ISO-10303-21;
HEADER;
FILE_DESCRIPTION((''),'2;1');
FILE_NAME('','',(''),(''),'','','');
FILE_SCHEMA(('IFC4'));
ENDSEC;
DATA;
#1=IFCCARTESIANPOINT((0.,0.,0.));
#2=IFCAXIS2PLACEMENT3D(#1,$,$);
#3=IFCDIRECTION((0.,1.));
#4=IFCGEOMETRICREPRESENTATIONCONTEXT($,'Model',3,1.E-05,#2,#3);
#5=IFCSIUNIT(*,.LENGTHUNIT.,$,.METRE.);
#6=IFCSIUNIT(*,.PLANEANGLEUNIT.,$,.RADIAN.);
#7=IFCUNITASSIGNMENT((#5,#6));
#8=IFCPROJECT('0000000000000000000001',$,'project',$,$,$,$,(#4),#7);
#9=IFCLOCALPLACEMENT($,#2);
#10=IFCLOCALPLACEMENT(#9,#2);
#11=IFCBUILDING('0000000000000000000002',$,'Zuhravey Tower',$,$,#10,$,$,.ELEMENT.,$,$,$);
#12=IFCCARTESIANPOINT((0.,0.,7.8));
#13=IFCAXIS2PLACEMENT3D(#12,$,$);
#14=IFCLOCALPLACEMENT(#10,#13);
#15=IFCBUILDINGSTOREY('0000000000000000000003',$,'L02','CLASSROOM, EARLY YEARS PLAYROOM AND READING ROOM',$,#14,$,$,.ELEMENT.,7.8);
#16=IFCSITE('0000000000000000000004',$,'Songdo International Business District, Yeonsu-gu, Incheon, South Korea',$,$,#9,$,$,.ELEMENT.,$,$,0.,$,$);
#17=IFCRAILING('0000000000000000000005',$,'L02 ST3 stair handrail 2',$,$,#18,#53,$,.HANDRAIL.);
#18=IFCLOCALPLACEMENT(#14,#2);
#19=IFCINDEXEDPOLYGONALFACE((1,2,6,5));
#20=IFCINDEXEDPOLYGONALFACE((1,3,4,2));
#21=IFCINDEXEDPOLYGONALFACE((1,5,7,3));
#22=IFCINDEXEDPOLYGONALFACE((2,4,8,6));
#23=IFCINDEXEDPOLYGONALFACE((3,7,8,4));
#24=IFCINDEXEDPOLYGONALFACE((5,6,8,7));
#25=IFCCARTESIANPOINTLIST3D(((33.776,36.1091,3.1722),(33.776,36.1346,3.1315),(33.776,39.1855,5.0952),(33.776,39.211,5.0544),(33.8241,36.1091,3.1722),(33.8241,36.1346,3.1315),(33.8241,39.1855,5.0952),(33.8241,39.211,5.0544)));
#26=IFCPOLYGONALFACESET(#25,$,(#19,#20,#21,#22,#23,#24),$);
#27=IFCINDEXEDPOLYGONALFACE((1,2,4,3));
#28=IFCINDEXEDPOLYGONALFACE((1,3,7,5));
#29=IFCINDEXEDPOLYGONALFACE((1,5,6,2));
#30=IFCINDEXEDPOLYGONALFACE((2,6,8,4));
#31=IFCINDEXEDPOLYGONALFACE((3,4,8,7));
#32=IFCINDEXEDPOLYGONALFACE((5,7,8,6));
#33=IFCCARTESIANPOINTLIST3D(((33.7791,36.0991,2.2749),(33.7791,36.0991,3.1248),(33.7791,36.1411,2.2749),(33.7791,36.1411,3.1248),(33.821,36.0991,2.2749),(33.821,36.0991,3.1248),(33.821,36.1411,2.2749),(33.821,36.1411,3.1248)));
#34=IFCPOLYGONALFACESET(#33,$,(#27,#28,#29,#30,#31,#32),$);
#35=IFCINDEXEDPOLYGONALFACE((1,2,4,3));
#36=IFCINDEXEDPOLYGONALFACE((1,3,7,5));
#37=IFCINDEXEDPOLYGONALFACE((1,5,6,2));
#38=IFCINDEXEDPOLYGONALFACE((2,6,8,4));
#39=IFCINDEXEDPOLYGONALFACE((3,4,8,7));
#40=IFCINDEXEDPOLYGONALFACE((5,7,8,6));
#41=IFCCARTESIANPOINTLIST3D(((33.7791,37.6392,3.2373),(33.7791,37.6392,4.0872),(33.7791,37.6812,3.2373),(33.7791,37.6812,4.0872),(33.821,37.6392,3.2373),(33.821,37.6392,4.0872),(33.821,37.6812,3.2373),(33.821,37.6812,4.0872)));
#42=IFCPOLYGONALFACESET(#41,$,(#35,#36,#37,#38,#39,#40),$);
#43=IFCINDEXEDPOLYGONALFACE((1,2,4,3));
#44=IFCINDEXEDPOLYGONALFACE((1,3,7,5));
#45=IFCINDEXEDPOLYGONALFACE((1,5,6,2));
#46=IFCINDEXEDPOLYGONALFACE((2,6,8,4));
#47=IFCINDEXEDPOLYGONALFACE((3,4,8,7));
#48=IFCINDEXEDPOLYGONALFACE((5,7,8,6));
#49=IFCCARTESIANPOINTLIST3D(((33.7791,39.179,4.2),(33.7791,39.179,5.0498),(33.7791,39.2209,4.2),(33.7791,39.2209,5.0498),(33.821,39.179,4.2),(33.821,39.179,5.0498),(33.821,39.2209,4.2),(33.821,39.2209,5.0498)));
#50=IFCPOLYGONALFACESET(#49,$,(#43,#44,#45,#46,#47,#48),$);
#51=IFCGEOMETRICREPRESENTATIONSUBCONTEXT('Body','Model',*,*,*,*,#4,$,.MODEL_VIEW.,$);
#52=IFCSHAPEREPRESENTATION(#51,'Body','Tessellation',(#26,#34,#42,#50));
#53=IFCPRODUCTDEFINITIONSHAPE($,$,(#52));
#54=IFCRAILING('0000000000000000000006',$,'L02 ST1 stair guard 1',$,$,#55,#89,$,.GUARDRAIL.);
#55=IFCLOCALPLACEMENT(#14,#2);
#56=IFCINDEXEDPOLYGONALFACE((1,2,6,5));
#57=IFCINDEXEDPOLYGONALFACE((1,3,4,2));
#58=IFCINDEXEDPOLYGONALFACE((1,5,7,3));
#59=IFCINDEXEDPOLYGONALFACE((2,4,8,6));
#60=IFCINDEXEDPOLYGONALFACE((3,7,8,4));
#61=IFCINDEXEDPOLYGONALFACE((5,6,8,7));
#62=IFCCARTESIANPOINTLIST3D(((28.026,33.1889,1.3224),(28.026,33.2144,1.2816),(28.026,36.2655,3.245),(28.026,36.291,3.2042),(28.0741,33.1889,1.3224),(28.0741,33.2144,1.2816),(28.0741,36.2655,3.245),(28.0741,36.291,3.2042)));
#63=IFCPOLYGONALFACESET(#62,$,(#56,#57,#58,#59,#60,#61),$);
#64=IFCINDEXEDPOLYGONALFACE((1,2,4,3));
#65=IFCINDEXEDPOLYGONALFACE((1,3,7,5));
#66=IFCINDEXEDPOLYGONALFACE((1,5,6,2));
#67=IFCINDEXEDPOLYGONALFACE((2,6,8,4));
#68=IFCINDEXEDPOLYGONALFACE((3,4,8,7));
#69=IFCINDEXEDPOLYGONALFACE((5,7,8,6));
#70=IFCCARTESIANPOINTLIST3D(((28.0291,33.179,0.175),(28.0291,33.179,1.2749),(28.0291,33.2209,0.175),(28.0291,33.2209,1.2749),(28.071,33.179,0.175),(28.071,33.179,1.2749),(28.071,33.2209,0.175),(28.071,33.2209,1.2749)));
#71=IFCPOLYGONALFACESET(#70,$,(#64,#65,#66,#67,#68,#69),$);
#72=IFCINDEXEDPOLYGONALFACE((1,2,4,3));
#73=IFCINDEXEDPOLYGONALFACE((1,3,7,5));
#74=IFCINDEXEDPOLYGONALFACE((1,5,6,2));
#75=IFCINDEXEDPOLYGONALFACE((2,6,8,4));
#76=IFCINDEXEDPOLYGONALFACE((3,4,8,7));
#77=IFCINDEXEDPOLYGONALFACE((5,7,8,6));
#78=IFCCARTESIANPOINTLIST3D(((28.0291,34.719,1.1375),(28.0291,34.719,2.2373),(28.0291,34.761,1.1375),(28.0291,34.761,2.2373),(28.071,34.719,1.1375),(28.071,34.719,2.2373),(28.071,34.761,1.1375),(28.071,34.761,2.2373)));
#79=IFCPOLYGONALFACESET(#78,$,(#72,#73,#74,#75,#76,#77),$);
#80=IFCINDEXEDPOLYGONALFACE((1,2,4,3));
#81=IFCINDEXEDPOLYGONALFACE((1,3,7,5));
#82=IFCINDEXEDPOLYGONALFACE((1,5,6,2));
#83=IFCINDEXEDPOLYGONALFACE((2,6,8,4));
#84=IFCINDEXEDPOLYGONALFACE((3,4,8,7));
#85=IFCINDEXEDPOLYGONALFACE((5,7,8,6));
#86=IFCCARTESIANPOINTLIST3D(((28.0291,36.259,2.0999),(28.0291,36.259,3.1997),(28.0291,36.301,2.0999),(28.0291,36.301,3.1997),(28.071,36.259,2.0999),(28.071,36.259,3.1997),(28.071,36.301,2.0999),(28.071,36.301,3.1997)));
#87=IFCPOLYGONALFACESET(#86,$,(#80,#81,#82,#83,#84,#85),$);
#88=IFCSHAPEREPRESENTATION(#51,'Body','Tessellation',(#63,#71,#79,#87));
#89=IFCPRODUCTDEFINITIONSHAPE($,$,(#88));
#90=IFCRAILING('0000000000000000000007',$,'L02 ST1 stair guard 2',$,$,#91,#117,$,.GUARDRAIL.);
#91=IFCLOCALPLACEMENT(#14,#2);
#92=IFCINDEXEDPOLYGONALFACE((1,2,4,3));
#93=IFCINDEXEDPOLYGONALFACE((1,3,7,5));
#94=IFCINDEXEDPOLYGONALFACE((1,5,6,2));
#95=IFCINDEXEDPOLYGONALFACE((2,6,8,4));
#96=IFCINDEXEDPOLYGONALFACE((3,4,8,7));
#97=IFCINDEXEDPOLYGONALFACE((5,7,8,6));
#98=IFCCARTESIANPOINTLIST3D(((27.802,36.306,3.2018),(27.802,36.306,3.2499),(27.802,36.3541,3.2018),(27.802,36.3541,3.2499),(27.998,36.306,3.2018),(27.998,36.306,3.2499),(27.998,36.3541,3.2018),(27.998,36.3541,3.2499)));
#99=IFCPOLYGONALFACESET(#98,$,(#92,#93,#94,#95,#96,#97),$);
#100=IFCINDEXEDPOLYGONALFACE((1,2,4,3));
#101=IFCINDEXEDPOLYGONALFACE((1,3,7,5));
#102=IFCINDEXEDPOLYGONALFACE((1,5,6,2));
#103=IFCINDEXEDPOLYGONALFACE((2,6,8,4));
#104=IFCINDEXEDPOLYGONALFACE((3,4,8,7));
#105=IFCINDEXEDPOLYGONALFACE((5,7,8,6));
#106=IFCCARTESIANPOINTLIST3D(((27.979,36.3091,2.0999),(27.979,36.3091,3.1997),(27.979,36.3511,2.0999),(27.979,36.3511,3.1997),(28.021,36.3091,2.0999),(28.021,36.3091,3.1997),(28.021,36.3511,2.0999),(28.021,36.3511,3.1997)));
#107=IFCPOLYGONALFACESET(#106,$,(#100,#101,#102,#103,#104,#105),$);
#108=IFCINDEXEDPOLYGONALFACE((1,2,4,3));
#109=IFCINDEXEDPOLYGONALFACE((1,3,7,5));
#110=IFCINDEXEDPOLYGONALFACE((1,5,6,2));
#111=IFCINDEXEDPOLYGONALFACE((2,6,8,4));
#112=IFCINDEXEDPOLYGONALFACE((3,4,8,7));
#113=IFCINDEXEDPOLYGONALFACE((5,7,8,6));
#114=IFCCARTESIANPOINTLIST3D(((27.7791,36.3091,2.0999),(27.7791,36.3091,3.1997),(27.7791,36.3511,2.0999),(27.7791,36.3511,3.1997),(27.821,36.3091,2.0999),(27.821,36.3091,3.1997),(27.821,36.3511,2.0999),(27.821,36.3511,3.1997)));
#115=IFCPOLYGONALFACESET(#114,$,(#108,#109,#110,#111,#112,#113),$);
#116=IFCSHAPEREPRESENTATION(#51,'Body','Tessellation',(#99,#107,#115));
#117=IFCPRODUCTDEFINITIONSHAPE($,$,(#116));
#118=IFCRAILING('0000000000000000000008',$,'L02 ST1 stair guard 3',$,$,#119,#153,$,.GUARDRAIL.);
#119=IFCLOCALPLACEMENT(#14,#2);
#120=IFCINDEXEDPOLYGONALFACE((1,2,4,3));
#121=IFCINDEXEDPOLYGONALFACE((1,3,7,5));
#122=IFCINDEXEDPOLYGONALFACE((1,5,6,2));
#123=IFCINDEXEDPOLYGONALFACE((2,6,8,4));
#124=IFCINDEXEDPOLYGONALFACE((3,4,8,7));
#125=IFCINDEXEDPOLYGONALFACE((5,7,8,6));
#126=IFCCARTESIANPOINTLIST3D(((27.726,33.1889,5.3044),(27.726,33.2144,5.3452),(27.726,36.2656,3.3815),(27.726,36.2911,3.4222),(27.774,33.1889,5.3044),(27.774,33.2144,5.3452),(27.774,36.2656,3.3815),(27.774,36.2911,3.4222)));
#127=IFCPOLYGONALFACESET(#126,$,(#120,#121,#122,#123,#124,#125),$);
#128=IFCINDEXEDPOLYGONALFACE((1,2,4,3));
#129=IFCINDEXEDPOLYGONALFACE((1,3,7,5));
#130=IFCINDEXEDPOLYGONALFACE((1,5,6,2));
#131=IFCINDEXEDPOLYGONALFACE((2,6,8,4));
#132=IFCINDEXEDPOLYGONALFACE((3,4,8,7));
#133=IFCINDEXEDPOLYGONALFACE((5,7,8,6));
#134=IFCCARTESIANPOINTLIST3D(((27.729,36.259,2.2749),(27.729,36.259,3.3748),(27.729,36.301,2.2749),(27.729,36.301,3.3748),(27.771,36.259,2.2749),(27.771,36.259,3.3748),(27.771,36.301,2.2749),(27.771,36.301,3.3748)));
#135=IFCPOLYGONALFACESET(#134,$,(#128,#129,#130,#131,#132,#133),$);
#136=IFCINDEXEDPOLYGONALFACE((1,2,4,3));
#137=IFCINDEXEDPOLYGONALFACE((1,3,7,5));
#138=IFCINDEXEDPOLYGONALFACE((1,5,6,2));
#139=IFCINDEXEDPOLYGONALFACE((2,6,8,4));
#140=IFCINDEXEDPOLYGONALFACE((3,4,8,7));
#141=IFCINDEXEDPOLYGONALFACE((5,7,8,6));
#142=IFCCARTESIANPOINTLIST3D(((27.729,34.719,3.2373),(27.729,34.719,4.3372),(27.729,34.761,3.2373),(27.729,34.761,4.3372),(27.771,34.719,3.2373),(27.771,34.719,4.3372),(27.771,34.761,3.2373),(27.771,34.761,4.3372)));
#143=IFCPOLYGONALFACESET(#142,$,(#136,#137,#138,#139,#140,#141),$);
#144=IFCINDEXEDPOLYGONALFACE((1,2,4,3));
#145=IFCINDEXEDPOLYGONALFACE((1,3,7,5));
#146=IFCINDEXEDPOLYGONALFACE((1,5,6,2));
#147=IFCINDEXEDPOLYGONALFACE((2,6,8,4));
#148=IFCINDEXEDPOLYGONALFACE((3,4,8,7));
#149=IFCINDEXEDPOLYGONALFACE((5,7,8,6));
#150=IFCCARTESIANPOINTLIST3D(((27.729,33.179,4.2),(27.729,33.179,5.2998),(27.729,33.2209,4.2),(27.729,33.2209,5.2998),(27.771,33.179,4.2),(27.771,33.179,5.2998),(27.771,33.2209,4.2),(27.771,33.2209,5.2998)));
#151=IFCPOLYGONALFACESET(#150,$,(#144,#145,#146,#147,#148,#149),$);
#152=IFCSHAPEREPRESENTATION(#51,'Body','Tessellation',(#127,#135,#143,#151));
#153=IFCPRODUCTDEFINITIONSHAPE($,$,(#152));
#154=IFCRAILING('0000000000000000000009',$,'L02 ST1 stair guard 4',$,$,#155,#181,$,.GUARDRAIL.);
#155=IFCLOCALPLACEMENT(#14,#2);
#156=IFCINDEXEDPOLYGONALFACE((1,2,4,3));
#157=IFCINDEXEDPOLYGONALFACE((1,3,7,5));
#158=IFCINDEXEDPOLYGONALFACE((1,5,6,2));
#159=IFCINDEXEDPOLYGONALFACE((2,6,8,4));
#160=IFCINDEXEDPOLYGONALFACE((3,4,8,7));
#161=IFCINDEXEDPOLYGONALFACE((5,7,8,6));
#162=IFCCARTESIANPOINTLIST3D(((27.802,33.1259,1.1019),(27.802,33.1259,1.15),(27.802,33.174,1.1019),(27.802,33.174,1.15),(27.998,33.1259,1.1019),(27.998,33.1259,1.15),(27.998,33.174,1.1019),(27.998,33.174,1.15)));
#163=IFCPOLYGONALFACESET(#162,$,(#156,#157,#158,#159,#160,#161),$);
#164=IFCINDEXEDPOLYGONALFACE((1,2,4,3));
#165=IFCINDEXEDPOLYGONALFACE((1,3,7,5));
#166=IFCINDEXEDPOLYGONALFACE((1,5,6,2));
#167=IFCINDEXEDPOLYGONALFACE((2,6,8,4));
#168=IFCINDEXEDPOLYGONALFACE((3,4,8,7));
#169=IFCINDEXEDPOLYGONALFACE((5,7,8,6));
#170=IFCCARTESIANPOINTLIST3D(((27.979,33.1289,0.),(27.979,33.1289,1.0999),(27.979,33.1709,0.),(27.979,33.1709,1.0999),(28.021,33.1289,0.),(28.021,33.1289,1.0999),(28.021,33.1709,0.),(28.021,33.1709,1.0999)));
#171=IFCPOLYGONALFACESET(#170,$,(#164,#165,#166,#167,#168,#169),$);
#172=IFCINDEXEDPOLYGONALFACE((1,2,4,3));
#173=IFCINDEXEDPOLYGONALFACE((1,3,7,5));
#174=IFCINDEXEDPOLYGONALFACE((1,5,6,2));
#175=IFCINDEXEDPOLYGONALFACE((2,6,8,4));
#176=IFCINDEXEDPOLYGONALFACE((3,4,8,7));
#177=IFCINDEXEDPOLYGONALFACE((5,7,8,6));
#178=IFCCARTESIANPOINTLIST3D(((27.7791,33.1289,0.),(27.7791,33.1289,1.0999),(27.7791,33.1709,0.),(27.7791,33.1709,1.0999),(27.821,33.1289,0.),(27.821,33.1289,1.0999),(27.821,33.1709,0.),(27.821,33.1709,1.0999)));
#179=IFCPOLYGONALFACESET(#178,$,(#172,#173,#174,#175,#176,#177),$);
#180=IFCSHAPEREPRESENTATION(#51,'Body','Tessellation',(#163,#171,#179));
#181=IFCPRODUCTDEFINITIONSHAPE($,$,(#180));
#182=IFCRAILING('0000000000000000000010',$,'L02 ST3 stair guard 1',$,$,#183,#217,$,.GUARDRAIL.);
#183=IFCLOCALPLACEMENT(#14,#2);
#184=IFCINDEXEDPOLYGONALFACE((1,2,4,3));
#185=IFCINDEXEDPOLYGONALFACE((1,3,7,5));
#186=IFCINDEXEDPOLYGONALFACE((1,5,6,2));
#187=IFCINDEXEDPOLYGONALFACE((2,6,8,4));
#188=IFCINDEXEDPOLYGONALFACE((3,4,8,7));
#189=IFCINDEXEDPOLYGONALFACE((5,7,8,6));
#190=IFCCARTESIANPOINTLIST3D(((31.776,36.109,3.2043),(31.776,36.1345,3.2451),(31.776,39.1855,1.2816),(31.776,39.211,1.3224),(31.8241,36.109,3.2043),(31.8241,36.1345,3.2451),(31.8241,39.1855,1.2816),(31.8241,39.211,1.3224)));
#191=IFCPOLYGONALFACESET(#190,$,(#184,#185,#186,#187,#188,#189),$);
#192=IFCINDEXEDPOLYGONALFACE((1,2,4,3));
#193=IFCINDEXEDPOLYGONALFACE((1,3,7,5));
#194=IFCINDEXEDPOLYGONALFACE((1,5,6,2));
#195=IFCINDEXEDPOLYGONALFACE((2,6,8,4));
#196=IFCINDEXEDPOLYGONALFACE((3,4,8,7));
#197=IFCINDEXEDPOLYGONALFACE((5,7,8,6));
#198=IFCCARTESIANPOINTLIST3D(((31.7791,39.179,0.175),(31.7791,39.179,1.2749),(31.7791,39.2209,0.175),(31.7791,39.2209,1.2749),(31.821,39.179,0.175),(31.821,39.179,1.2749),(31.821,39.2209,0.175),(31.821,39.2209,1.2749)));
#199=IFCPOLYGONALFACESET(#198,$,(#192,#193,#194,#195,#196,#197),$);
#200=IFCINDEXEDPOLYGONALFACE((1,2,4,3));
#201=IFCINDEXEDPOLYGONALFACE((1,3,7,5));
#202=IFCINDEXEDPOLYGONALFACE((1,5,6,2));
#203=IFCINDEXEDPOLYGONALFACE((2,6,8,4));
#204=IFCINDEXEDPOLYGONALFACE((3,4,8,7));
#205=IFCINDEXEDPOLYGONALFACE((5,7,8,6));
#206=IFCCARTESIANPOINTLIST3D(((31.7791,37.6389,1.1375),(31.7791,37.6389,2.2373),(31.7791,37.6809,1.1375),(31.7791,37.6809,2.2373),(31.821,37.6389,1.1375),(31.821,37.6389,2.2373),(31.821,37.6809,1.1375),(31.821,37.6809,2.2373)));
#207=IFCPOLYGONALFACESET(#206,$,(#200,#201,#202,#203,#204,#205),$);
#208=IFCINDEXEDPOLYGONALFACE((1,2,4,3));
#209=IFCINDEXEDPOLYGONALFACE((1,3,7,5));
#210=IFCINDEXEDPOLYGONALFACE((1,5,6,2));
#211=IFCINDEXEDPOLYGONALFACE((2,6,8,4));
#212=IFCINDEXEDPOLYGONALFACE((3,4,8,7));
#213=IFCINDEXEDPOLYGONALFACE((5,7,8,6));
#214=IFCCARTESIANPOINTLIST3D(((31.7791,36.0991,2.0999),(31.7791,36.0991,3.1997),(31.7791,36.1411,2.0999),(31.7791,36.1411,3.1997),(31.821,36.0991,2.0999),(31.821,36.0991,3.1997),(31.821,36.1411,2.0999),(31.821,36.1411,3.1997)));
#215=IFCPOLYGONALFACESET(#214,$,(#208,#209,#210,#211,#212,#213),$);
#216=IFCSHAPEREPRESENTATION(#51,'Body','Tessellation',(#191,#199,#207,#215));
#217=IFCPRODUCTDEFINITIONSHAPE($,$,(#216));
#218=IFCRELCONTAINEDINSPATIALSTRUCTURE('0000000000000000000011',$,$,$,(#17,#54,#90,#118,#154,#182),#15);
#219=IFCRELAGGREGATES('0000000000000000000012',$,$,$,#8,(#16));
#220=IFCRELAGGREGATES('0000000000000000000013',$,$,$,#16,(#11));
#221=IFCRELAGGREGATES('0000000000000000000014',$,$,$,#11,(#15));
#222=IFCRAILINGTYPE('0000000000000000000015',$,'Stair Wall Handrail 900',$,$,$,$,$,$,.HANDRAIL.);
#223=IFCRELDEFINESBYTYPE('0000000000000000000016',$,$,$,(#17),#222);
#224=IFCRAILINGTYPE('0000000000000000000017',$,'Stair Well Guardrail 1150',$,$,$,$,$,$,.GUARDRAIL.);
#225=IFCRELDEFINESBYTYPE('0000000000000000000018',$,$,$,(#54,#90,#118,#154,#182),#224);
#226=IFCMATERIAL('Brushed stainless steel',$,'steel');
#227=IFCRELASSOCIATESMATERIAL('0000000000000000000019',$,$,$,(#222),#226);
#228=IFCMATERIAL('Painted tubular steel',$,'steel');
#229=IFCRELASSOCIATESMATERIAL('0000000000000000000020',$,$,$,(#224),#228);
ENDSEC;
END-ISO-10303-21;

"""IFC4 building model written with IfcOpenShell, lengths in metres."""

from ifc_helpers import new_model, si_unit, direction, frame, origin, origin_2d, place, context, subcontext, project, spatial, rectangle, extrude, material, type_object, element, save


model = new_model("IFC4")

# Units and contexts
model_context = context("Model", 3, precision=1e-05, world=origin(), true_north=direction((0.0, 1.0)))
body_context = subcontext(model_context, "Body", "Model", "MODEL_VIEW")
ifc_project = project(units=[si_unit("LENGTHUNIT", "METRE"), si_unit("PLANEANGLEUNIT", "RADIAN")], contexts=[model_context])

# Site, building, storey
site_placement = place(None, origin())
site = spatial("IfcSite", under=ifc_project, at=site_placement, Name="Songdo International Business District, Yeonsu-gu, Incheon, South Korea", CompositionType="ELEMENT", RefElevation=0.0)
building_placement = place(site_placement, origin())
building = spatial("IfcBuilding", under=site, at=building_placement, Name="Zuhravey Tower", CompositionType="ELEMENT")
storey_placement = place(building_placement, frame((0.0, 0.0, 7.8)))
storey = spatial("IfcBuildingStorey", under=building, at=storey_placement, Name="L02", Description="CLASSROOM, EARLY YEARS PLAYROOM AND READING ROOM", CompositionType="ELEMENT", Elevation=7.8)

# Railings
ifc_material_1 = material(Name="Brushed stainless steel", Category="steel")
railing_type_1 = type_object("IfcRailingType", Name="Stair Wall Handrail 900", PredefinedType="HANDRAIL", material=ifc_material_1)
railing_1_placement = place(storey_placement, frame((33.8, 36.1201, 2.2749)))
element("IfcRailing", 1, at=railing_1_placement, inside=storey, type_object=railing_type_1, Name="L02 ST3 stair handrail 2", PredefinedType="HANDRAIL", context=body_context, shape_type="SweptSolid", body=[
    extrude(rectangle(XDim=0.0481, YDim=0.0481, at=origin_2d()), frame((0.0, 0.0017, 0.877), z_axis=(0.0, 0.847979, 0.530029), x_axis=(-1.0, 0.0, 0.0)), (0.0, 0.0, 1.0), 3.6279),
    extrude(rectangle(XDim=0.042, YDim=0.042, at=origin_2d()), origin(), (0.0, 0.0, 1.0), 0.8499),
    extrude(rectangle(XDim=0.042, YDim=0.042, at=origin_2d()), frame((0.0, 1.54, 0.9624)), (0.0, 0.0, 1.0), 0.8499),
    extrude(rectangle(XDim=0.042, YDim=0.042, at=origin_2d()), frame((0.0, 3.0798, 1.925)), (0.0, 0.0, 1.0), 0.8499),
])
ifc_material_2 = material(Name="Painted tubular steel", Category="steel")
railing_type_2 = type_object("IfcRailingType", Name="Stair Well Guardrail 1150", PredefinedType="GUARDRAIL", material=ifc_material_2)
railing_2_placement = place(storey_placement, frame((28.05, 33.2, 0.175)))
element("IfcRailing", 2, at=railing_2_placement, inside=storey, type_object=railing_type_2, Name="L02 ST1 stair guard 1", PredefinedType="GUARDRAIL", context=body_context, shape_type="SweptSolid", body=[
    extrude(rectangle(XDim=0.0481, YDim=0.0481, at=origin_2d()), frame((0.0, 0.0017, 1.127), z_axis=(0.0, 0.848029, 0.529951), x_axis=(-1.0, 0.0, 0.0)), (0.0, 0.0, 1.0), 3.6279),
    extrude(rectangle(XDim=0.042, YDim=0.042, at=origin_2d()), origin(), (0.0, 0.0, 1.0), 1.0999),
    extrude(rectangle(XDim=0.042, YDim=0.042, at=origin_2d()), frame((0.0, 1.54, 0.9624)), (0.0, 0.0, 1.0), 1.0999),
    extrude(rectangle(XDim=0.042, YDim=0.042, at=origin_2d()), frame((0.0, 3.0801, 1.9248)), (0.0, 0.0, 1.0), 1.0999),
])
railing_3_placement = place(storey_placement, frame((28.0, 36.3301, 2.0999)))
element("IfcRailing", 3, at=railing_3_placement, inside=storey, type_object=railing_type_2, Name="L02 ST1 stair guard 2", PredefinedType="GUARDRAIL", context=body_context, shape_type="SweptSolid", body=[
    extrude(rectangle(XDim=0.0481, YDim=0.0481, at=origin_2d()), frame((-0.002, 0.0, 1.126), z_axis=(-1.0, 0.0, 0.0), x_axis=(0.0, -1.0, 0.0)), (0.0, 0.0, 1.0), 0.196),
    extrude(rectangle(XDim=0.042, YDim=0.042, at=origin_2d()), origin(), (0.0, 0.0, 1.0), 1.0999),
    extrude(rectangle(XDim=0.042, YDim=0.042, at=origin_2d()), frame((-0.2, 0.0, 0.0)), (0.0, 0.0, 1.0), 1.0999),
])
railing_4_placement = place(storey_placement, frame((27.75, 36.28, 2.2749)))
element("IfcRailing", 4, at=railing_4_placement, inside=storey, type_object=railing_type_2, Name="L02 ST1 stair guard 3", PredefinedType="GUARDRAIL", context=body_context, shape_type="SweptSolid", body=[
    extrude(rectangle(XDim=0.0481, YDim=0.0481, at=origin_2d()), frame((0.0, -0.0017, 1.127), z_axis=(0.0, -0.847998, 0.529999), x_axis=(1.0, 0.0, 0.0)), (0.0, 0.0, 1.0), 3.6282),
    extrude(rectangle(XDim=0.042, YDim=0.042, at=origin_2d()), origin(), (0.0, 0.0, 1.0), 1.0999),
    extrude(rectangle(XDim=0.042, YDim=0.042, at=origin_2d()), frame((0.0, -1.54, 0.9624)), (0.0, 0.0, 1.0), 1.0999),
    extrude(rectangle(XDim=0.042, YDim=0.042, at=origin_2d()), frame((0.0, -3.0801, 1.925)), (0.0, 0.0, 1.0), 1.0999),
])
railing_5_placement = place(storey_placement, frame((28.0, 33.1499, 0.0)))
element("IfcRailing", 5, at=railing_5_placement, inside=storey, type_object=railing_type_2, Name="L02 ST1 stair guard 4", PredefinedType="GUARDRAIL", context=body_context, shape_type="SweptSolid", body=[
    extrude(rectangle(XDim=0.0481, YDim=0.0481, at=origin_2d()), frame((-0.002, 0.0, 1.126), z_axis=(-1.0, 0.0, 0.0), x_axis=(0.0, -1.0, 0.0)), (0.0, 0.0, 1.0), 0.196),
    extrude(rectangle(XDim=0.042, YDim=0.042, at=origin_2d()), origin(), (0.0, 0.0, 1.0), 1.0999),
    extrude(rectangle(XDim=0.042, YDim=0.042, at=origin_2d()), frame((-0.2, 0.0, 0.0)), (0.0, 0.0, 1.0), 1.0999),
])
railing_6_placement = place(storey_placement, frame((31.8, 39.2, 0.175)))
element("IfcRailing", 6, at=railing_6_placement, inside=storey, type_object=railing_type_2, Name="L02 ST3 stair guard 1", PredefinedType="GUARDRAIL", context=body_context, shape_type="SweptSolid", body=[
    extrude(rectangle(XDim=0.0481, YDim=0.0481, at=origin_2d()), frame((0.0, -0.0017, 1.127), z_axis=(0.0, -0.84801, 0.529981), x_axis=(1.0, 0.0, 0.0)), (0.0, 0.0, 1.0), 3.6279),
    extrude(rectangle(XDim=0.042, YDim=0.042, at=origin_2d()), origin(), (0.0, 0.0, 1.0), 1.0999),
    extrude(rectangle(XDim=0.042, YDim=0.042, at=origin_2d()), frame((0.0, -1.54, 0.9624)), (0.0, 0.0, 1.0), 1.0999),
    extrude(rectangle(XDim=0.042, YDim=0.042, at=origin_2d()), frame((0.0, -3.0798, 1.9248)), (0.0, 0.0, 1.0), 1.0999),
])

save(model, "model.ifc")
